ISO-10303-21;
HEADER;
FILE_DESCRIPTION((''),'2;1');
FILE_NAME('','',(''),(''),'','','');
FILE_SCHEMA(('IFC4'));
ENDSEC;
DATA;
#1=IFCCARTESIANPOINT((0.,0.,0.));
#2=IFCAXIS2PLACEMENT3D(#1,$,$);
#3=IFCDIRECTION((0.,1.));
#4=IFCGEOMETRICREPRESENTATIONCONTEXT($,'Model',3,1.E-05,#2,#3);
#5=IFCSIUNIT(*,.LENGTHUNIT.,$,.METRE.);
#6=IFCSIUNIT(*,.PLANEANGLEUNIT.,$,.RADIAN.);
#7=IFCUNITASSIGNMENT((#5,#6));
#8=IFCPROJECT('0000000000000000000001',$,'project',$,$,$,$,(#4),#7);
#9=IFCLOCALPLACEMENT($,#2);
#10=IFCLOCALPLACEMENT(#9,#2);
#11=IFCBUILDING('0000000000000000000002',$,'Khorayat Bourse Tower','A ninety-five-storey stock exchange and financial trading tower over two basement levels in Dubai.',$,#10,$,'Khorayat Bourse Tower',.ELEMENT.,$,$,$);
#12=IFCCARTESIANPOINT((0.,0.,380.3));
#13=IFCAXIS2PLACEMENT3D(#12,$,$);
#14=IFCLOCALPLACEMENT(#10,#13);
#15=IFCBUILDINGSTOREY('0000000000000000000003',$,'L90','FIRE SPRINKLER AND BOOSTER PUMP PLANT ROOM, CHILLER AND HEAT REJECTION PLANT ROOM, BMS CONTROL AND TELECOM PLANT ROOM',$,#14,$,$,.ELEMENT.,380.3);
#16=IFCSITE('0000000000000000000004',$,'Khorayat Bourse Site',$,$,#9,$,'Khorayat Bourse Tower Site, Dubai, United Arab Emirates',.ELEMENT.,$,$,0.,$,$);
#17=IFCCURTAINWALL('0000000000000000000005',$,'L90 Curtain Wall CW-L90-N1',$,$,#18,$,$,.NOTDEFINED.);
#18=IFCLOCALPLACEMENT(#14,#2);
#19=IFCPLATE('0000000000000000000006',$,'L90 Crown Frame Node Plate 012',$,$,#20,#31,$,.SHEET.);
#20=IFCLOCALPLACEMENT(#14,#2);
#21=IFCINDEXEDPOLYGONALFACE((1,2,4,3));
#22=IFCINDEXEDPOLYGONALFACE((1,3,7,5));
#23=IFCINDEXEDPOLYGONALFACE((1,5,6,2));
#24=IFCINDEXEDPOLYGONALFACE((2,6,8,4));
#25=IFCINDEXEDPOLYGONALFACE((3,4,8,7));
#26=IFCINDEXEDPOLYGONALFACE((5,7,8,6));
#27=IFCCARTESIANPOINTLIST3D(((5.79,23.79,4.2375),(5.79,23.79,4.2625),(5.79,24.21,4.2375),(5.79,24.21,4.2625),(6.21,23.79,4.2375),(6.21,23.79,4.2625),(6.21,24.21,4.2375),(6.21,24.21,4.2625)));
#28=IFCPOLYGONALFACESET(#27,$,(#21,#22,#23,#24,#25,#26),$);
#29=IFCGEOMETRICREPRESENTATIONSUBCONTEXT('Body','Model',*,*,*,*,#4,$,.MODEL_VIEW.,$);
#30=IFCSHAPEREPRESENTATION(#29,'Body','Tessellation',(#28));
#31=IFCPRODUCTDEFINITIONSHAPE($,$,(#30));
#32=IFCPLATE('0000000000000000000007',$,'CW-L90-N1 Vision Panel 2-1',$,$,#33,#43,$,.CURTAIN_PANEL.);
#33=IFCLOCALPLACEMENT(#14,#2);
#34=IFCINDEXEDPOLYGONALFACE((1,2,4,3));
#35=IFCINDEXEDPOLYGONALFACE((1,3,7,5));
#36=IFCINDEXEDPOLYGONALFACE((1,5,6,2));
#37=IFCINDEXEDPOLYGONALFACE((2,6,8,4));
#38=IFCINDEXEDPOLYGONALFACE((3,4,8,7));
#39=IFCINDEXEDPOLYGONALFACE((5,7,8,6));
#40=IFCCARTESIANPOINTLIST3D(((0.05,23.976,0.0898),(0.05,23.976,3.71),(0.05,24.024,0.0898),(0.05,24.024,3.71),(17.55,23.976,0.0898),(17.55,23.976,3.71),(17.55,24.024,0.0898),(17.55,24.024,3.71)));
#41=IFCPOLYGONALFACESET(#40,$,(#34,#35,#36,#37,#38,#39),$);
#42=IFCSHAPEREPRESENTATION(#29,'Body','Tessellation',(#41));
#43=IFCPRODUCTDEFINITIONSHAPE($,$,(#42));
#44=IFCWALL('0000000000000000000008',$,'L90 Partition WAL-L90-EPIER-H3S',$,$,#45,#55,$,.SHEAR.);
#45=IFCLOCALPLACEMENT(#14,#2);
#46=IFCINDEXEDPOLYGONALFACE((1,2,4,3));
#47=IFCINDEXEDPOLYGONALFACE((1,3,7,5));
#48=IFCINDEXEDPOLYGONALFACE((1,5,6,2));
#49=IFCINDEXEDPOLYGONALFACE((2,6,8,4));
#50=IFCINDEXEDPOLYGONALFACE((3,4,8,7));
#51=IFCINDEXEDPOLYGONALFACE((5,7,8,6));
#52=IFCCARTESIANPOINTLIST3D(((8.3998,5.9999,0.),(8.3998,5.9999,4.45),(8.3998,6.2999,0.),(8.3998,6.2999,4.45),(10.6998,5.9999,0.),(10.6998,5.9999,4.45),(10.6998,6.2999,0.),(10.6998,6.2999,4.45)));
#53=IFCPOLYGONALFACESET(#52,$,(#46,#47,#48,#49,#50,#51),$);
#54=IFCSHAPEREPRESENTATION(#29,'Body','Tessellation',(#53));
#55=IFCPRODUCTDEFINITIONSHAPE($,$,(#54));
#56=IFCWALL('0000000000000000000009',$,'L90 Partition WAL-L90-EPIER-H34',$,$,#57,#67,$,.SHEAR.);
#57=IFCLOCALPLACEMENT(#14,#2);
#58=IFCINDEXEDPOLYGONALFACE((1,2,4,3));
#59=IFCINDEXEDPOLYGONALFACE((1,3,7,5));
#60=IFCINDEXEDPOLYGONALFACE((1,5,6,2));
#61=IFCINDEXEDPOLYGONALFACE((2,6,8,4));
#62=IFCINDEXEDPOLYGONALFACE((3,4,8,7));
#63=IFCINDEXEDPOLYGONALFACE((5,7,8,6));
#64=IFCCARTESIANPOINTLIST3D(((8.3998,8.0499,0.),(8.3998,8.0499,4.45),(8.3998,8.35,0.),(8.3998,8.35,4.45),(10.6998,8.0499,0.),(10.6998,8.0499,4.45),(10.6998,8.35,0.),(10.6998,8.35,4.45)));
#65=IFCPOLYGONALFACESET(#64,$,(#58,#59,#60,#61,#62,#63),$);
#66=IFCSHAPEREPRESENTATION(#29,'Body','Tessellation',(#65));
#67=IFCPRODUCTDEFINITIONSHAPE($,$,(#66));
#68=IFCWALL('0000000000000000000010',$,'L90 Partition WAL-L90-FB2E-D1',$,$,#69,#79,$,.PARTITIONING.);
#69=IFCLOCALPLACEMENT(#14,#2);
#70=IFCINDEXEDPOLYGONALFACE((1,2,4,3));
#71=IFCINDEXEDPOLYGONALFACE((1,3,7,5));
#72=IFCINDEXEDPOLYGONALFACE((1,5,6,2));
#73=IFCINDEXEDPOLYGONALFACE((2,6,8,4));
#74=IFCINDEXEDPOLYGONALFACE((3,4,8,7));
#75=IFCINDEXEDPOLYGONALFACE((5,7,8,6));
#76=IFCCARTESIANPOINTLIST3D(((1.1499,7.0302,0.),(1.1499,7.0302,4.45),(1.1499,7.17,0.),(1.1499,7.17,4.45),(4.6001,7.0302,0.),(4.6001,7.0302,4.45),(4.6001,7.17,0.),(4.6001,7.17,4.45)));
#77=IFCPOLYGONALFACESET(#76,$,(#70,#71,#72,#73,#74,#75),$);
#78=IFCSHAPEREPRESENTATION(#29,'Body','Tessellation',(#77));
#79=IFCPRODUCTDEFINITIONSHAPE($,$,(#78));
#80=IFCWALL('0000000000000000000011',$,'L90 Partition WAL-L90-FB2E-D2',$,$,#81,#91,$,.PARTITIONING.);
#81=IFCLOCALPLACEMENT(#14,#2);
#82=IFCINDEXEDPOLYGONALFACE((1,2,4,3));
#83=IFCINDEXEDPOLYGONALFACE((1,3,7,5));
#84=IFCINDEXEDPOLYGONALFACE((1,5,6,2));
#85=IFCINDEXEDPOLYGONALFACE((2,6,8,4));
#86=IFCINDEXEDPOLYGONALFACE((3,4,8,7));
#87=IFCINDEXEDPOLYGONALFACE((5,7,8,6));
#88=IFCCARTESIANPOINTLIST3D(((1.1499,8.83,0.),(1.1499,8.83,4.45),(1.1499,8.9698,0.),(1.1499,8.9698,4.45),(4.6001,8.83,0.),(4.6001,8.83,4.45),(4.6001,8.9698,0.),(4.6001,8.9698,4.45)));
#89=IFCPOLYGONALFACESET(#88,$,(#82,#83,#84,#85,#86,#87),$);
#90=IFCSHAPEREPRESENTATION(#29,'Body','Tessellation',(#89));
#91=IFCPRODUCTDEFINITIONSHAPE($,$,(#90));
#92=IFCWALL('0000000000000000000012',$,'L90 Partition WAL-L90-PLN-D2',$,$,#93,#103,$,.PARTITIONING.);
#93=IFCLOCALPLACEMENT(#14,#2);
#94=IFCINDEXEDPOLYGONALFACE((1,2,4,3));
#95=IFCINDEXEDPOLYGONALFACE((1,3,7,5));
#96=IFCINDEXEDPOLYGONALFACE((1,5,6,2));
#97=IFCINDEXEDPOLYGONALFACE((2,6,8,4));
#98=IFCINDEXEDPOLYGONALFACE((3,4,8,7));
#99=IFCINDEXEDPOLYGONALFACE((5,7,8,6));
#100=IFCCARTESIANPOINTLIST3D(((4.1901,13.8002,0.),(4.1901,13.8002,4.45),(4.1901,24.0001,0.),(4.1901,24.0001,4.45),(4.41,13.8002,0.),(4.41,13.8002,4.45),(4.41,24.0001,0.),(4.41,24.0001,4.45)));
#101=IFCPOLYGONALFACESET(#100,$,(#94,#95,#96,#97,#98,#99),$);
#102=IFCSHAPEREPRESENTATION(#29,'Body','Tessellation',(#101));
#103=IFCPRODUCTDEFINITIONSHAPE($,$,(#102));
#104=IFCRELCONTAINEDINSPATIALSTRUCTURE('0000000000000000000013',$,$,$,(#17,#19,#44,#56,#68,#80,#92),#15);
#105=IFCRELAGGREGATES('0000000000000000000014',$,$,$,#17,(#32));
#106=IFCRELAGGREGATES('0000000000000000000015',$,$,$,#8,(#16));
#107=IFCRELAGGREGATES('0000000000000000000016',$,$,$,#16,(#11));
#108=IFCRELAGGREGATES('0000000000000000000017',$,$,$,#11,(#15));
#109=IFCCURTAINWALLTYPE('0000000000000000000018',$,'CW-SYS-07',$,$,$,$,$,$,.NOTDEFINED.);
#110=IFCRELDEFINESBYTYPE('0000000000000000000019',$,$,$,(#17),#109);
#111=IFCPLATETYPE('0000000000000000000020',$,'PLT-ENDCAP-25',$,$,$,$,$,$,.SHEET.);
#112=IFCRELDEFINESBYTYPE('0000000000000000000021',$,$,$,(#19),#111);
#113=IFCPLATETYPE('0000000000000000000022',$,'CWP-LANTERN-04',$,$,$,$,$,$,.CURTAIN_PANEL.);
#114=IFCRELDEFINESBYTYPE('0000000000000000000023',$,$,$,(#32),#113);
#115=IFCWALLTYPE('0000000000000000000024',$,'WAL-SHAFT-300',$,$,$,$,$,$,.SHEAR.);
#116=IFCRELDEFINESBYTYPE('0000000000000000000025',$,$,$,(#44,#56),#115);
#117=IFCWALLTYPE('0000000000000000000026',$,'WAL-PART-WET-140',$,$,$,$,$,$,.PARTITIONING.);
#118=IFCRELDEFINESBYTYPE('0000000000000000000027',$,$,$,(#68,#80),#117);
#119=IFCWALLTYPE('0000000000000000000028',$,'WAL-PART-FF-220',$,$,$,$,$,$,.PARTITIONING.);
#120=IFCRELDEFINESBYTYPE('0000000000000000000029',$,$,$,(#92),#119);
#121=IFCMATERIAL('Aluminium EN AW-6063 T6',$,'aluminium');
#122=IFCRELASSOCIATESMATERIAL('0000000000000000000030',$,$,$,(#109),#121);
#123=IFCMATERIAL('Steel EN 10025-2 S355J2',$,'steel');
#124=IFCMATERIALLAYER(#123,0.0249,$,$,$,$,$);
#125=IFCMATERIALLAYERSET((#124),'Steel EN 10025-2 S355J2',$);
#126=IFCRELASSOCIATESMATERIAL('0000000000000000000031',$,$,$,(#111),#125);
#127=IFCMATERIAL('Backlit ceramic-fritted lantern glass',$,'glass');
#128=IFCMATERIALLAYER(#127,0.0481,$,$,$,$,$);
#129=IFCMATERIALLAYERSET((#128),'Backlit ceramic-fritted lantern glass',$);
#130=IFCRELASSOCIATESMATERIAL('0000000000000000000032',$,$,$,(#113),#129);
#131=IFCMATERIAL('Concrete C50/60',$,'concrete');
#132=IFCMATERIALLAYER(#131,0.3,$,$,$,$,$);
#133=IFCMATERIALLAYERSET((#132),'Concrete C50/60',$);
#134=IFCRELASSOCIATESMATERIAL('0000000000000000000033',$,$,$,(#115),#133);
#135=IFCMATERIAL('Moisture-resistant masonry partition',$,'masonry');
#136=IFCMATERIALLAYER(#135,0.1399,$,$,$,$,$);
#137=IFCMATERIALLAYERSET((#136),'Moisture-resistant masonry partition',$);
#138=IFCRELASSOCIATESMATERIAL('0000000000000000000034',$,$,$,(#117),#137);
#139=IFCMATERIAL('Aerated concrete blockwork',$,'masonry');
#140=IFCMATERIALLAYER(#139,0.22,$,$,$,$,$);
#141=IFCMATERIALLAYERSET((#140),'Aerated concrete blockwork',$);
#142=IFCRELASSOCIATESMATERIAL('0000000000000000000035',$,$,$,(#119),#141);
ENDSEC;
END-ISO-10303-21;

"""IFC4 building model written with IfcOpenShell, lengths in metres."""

from ifc_helpers import new_model, si_unit, direction, frame, frame_2d, origin, origin_2d, place, context, subcontext, project, spatial, rectangle, extrude, source, transform, mapped, material, layer, layer_set, type_object, element, aggregate, save


model = new_model("IFC4")

# Units and contexts
model_context = context("Model", 3, precision=1e-05, world=origin(), true_north=direction((0.0, 1.0)))
body_context = subcontext(model_context, "Body", "Model", "MODEL_VIEW")
ifc_project = project(units=[si_unit("LENGTHUNIT", "METRE"), si_unit("PLANEANGLEUNIT", "RADIAN")], contexts=[model_context])

# Site, building, storey
site_placement = place(None, origin())
site = spatial("IfcSite", under=ifc_project, at=site_placement, Name="Khorayat Bourse Site", LongName="Khorayat Bourse Tower Site, Dubai, United Arab Emirates", CompositionType="ELEMENT", RefElevation=0.0)
building_placement = place(site_placement, origin())
building = spatial("IfcBuilding", under=site, at=building_placement, Name="Khorayat Bourse Tower", Description="A ninety-five-storey stock exchange and financial trading tower over two basement levels in Dubai.", LongName="Khorayat Bourse Tower", CompositionType="ELEMENT")
storey_placement = place(building_placement, frame((0.0, 0.0, 380.3)))
storey = spatial("IfcBuildingStorey", under=building, at=storey_placement, Name="L90", Description="FIRE SPRINKLER AND BOOSTER PUMP PLANT ROOM, CHILLER AND HEAT REJECTION PLANT ROOM, BMS CONTROL AND TELECOM PLANT ROOM", CompositionType="ELEMENT", Elevation=380.3)

# Shared definitions
ifc_material_1 = material(Name="Steel EN 10025-2 S355J2", Category="steel")

# Curtain wall
ifc_material_2 = material(Name="Aluminium EN AW-6063 T6", Category="aluminium")
curtain_wall_type = type_object("IfcCurtainWallType", Name="CW-SYS-07", PredefinedType="NOTDEFINED", material=ifc_material_2)
curtain_wall_placement = place(storey_placement, origin())
curtain_wall = element("IfcCurtainWall", 1, at=curtain_wall_placement, inside=storey, type_object=curtain_wall_type, Name="L90 Curtain Wall CW-L90-N1", PredefinedType="NOTDEFINED")

# Plate
ifc_layer_1 = layer(ifc_material_1, 0.0249)
ifc_layer_set_1 = layer_set([ifc_layer_1], Name="Steel EN 10025-2 S355J2")
plate_type_1 = type_object("IfcPlateType", Name="PLT-ENDCAP-25", PredefinedType="SHEET", material=ifc_layer_set_1)
shared_shape_1 = source(origin(), body_context, "Body", "SweptSolid", [
    extrude(rectangle(XDim=0.4199, YDim=0.4199, at=origin_2d()), origin(), (0.0, 0.0, 1.0), 0.0249),
])
for number, where, z_axis, x_axis, name in (
    (2, (6.0, 24.0, 4.2375), (0.0, 0.0, 1.0), (1.0, 0.0, 0.0), "L90 Crown Frame Node Plate 012"),
):
    element("IfcPlate", number, at=place(storey_placement, frame(where, z_axis=z_axis, x_axis=x_axis)), inside=storey, type_object=plate_type_1, Name=name, PredefinedType="SHEET", context=body_context, shape_type="MappedRepresentation", body=[
        mapped(shared_shape_1, transform((0.0, 0.0, 0.0), scale=1.0)),
    ])

# Plate
ifc_material_3 = material(Name="Backlit ceramic-fritted lantern glass", Category="glass")
ifc_layer_2 = layer(ifc_material_3, 0.0481)
ifc_layer_set_2 = layer_set([ifc_layer_2], Name="Backlit ceramic-fritted lantern glass")
plate_type_2 = type_object("IfcPlateType", Name="CWP-LANTERN-04", PredefinedType="CURTAIN_PANEL", material=ifc_layer_set_2)
shared_shape_2 = source(origin(), body_context, "Body", "SweptSolid", [
    extrude(rectangle(XDim=17.5, YDim=0.0481, at=origin_2d()), origin(), (0.0, 0.0, 1.0), 3.6201),
])
plate_placement = place(storey_placement, frame((8.8, 24.0, 0.0898), z_axis=(0.0, 0.0, 1.0), x_axis=(1.0, 0.0, 0.0)))
plate = element("IfcPlate", 3, at=plate_placement, type_object=plate_type_2, Name="CW-L90-N1 Vision Panel 2-1", PredefinedType="CURTAIN_PANEL", context=body_context, shape_type="MappedRepresentation", body=[
    mapped(shared_shape_2, transform((0.0, 0.0, 0.0), scale=1.0)),
])
aggregate(curtain_wall, [plate])

# Walls
ifc_material_4 = material(Name="Concrete C50/60", Category="concrete")
ifc_layer_3 = layer(ifc_material_4, 0.3)
ifc_layer_set_3 = layer_set([ifc_layer_3], Name="Concrete C50/60")
wall_type_1 = type_object("IfcWallType", Name="WAL-SHAFT-300", PredefinedType="SHEAR", material=ifc_layer_set_3)
shared_shape_3 = source(origin(), body_context, "Body", "SweptSolid", [
    extrude(rectangle(XDim=2.3, YDim=0.3, at=frame_2d((1.1499, 0.0))), origin(), (0.0, 0.0, 1.0), 4.45),
])
for number, where, z_axis, x_axis, name in (
    (4, (8.3999, 6.1499, 0.0), (0.0, 0.0, 1.0), (1.0, 0.0, 0.0), "L90 Partition WAL-L90-EPIER-H3S"),
    (5, (8.3999, 8.2, 0.0), (0.0, 0.0, 1.0), (1.0, 0.0, 0.0), "L90 Partition WAL-L90-EPIER-H34"),
):
    element("IfcWall", number, at=place(storey_placement, frame(where, z_axis=z_axis, x_axis=x_axis)), inside=storey, type_object=wall_type_1, Name=name, PredefinedType="SHEAR", context=body_context, shape_type="MappedRepresentation", body=[
        mapped(shared_shape_3, transform((0.0, 0.0, 0.0), scale=1.0)),
    ])
ifc_material_5 = material(Name="Moisture-resistant masonry partition", Category="masonry")
ifc_layer_4 = layer(ifc_material_5, 0.1399)
ifc_layer_set_4 = layer_set([ifc_layer_4], Name="Moisture-resistant masonry partition")
wall_type_2 = type_object("IfcWallType", Name="WAL-PART-WET-140", PredefinedType="PARTITIONING", material=ifc_layer_set_4)
shared_shape_4 = source(origin(), body_context, "Body", "SweptSolid", [
    extrude(rectangle(XDim=3.4502, YDim=0.1399, at=frame_2d((1.7251, 0.0))), origin(), (0.0, 0.0, 1.0), 4.45),
])
for number, where, z_axis, x_axis, name in (
    (6, (1.1499, 7.1001, 0.0), (0.0, 0.0, 1.0), (1.0, 0.0, 0.0), "L90 Partition WAL-L90-FB2E-D1"),
    (7, (1.1499, 8.8999, 0.0), (0.0, 0.0, 1.0), (1.0, 0.0, 0.0), "L90 Partition WAL-L90-FB2E-D2"),
):
    element("IfcWall", number, at=place(storey_placement, frame(where, z_axis=z_axis, x_axis=x_axis)), inside=storey, type_object=wall_type_2, Name=name, PredefinedType="PARTITIONING", context=body_context, shape_type="MappedRepresentation", body=[
        mapped(shared_shape_4, transform((0.0, 0.0, 0.0), scale=1.0)),
    ])
ifc_material_6 = material(Name="Aerated concrete blockwork", Category="masonry")
ifc_layer_5 = layer(ifc_material_6, 0.22)
ifc_layer_set_5 = layer_set([ifc_layer_5], Name="Aerated concrete blockwork")
wall_type_3 = type_object("IfcWallType", Name="WAL-PART-FF-220", PredefinedType="PARTITIONING", material=ifc_layer_set_5)
shared_shape_5 = source(origin(), body_context, "Body", "SweptSolid", [
    extrude(rectangle(XDim=10.2, YDim=0.22, at=frame_2d((5.1001, 0.0))), origin(), (0.0, 0.0, 1.0), 4.45),
])
wall_1_placement = place(storey_placement, frame((4.3, 13.8, 0.0), z_axis=(0.0, 0.0, 1.0), x_axis=(0.0, 1.0, 0.0)))
element("IfcWall", 8, at=wall_1_placement, inside=storey, type_object=wall_type_3, Name="L90 Partition WAL-L90-PLN-D2", PredefinedType="PARTITIONING", context=body_context, shape_type="MappedRepresentation", body=[
    mapped(shared_shape_5, transform((0.0, 0.0, 0.0), scale=1.0)),
])

save(model, "model.ifc")
